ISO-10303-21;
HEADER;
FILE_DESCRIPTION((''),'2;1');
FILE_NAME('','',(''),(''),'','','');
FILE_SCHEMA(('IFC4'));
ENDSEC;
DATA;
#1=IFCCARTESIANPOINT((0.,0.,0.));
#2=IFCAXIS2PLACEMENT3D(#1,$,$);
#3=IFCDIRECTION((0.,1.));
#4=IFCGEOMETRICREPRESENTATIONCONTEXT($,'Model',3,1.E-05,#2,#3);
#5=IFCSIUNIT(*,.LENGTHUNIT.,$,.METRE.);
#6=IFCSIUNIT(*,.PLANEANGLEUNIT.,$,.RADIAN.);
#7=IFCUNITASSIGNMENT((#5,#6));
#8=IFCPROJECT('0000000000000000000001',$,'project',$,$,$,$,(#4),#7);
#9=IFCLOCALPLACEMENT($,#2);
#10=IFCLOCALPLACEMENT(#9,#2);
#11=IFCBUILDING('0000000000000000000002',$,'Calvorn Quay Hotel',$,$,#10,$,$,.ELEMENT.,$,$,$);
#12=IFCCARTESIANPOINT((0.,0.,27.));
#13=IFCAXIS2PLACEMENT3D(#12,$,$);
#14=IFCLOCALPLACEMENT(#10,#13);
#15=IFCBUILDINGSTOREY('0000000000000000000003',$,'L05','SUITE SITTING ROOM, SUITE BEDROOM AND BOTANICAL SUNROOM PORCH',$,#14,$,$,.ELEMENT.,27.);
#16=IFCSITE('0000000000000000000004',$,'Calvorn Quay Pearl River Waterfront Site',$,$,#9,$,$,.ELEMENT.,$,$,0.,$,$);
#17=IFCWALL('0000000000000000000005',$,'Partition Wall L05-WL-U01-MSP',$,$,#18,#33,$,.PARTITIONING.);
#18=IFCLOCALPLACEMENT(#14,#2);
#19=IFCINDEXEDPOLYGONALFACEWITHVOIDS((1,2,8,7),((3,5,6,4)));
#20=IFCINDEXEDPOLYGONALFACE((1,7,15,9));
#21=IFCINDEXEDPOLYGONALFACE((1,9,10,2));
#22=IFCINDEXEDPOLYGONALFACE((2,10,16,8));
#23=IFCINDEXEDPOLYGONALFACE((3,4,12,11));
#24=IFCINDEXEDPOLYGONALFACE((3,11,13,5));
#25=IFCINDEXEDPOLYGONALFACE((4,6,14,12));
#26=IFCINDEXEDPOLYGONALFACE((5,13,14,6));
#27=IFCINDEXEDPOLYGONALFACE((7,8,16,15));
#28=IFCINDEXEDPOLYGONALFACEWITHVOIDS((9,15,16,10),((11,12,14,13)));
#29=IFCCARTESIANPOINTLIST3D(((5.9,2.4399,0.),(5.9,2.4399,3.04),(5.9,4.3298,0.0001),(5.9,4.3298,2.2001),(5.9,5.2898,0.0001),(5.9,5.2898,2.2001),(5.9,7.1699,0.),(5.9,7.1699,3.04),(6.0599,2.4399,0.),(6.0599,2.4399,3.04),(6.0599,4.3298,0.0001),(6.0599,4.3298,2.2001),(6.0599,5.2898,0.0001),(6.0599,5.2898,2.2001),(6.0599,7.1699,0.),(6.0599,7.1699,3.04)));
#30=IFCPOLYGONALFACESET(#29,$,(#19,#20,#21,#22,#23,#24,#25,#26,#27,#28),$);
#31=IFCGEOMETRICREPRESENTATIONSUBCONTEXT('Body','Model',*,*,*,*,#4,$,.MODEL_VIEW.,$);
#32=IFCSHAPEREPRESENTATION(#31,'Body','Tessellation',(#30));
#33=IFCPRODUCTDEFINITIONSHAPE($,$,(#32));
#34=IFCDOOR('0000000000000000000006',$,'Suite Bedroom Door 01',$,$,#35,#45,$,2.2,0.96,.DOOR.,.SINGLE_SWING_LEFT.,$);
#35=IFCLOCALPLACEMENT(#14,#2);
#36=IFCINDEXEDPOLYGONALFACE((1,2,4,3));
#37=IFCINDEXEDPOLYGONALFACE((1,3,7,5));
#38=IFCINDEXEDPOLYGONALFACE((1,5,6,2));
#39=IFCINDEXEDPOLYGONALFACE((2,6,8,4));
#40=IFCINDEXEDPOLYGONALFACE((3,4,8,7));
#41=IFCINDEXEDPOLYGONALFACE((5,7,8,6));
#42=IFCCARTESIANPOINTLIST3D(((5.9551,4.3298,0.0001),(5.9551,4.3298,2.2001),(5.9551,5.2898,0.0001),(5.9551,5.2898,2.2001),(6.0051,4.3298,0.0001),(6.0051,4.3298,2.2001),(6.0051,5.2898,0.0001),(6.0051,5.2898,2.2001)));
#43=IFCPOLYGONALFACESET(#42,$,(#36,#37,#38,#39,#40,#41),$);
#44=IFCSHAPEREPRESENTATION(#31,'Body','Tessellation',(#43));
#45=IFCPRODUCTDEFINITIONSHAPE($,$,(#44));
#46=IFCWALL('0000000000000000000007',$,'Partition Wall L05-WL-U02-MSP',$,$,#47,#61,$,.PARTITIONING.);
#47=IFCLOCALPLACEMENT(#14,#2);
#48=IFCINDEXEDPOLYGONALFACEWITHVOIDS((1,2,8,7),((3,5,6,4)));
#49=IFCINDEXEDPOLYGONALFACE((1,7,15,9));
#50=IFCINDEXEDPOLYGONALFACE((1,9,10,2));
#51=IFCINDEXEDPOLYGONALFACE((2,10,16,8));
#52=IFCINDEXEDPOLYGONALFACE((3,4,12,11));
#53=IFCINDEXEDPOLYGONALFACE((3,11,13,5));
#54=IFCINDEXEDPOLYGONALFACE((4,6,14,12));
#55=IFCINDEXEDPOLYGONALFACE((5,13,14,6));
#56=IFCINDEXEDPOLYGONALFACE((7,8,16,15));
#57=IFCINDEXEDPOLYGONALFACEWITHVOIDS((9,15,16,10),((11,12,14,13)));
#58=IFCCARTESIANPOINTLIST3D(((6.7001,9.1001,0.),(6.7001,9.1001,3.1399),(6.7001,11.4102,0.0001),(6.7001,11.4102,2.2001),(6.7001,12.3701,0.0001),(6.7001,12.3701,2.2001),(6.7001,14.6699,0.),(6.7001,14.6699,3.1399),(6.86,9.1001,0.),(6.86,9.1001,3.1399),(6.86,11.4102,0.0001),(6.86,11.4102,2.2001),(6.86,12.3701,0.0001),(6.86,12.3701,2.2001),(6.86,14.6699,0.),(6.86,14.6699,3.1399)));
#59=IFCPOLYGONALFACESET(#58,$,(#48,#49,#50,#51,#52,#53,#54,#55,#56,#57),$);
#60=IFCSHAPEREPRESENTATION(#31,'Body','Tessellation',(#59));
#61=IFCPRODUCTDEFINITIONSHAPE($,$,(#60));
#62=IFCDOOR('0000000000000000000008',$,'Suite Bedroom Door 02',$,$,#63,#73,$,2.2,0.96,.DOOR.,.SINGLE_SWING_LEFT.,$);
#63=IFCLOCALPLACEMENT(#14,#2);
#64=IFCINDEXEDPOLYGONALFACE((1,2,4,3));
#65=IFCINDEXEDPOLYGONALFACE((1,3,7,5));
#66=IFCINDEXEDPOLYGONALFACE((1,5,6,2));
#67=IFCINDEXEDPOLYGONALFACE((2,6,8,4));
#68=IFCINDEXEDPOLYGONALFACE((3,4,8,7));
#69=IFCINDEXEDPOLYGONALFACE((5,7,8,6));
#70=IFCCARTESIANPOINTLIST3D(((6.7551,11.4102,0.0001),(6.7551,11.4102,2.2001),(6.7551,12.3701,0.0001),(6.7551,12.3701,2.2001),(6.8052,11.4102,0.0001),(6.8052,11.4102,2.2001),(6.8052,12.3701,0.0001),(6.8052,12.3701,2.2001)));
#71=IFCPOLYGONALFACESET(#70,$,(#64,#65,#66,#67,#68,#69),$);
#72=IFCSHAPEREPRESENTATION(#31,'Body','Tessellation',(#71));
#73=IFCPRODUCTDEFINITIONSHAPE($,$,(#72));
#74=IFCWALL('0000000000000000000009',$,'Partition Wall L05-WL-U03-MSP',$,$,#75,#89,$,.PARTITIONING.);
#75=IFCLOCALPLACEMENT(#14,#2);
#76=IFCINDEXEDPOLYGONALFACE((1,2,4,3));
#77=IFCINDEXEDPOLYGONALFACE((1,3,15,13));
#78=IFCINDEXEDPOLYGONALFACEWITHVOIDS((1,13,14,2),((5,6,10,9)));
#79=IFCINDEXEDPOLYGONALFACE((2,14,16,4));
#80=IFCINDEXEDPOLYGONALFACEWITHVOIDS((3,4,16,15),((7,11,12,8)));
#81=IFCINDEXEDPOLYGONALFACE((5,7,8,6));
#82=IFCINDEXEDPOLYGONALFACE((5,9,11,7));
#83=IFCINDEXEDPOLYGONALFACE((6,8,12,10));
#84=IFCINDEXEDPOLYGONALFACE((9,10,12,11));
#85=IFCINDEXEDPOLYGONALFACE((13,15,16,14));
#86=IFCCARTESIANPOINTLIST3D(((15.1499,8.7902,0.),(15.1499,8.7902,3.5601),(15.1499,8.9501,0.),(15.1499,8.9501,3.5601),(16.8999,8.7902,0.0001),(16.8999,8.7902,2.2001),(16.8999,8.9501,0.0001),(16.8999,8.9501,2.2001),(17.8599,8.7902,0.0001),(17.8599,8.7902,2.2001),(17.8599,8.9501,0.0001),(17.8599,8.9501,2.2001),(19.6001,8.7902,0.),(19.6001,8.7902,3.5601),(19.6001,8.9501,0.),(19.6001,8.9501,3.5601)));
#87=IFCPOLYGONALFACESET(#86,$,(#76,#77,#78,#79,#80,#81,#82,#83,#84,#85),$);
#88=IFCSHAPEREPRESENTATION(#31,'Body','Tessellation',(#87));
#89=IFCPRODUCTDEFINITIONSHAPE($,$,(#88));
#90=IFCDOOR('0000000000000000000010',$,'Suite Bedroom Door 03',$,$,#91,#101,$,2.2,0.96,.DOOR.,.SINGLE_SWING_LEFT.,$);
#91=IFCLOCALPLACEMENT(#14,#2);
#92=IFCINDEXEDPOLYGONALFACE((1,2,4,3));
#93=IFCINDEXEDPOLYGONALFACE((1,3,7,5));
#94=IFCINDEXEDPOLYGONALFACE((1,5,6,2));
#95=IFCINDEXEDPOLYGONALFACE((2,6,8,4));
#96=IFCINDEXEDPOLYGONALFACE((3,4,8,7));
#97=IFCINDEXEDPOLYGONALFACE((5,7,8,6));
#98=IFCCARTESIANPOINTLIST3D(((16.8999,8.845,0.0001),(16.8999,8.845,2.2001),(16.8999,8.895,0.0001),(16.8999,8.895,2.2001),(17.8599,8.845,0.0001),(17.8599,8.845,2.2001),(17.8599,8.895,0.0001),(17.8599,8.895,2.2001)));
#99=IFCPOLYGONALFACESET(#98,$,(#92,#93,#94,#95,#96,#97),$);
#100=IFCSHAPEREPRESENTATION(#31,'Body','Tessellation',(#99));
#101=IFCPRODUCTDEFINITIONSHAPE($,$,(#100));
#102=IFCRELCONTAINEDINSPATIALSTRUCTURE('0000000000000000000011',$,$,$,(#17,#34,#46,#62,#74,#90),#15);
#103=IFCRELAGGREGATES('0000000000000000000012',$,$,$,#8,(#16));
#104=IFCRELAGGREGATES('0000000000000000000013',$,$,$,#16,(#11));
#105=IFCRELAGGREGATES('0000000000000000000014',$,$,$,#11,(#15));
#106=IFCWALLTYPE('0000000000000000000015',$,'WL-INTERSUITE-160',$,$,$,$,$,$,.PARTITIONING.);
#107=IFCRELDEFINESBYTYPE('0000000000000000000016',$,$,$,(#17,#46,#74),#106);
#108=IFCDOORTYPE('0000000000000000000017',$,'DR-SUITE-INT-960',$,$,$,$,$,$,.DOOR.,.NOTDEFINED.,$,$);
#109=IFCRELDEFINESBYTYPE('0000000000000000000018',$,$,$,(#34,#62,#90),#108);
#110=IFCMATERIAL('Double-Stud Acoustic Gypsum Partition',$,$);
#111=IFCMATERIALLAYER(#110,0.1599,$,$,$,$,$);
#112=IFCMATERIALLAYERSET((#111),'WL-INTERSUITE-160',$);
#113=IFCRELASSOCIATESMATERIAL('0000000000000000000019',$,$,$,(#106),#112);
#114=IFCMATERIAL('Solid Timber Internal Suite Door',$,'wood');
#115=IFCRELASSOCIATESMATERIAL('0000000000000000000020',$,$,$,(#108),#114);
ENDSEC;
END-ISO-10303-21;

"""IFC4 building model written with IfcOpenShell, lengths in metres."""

from ifc_helpers import new_model, si_unit, direction, frame, frame_2d, origin, place, context, subcontext, project, spatial, rectangle, extrude, material, layer, layer_set, type_object, element, fill, save


model = new_model("IFC4")

# Units and contexts
model_context = context("Model", 3, precision=1e-05, world=origin(), true_north=direction((0.0, 1.0)))
body_context = subcontext(model_context, "Body", "Model", "MODEL_VIEW")
ifc_project = project(units=[si_unit("LENGTHUNIT", "METRE"), si_unit("PLANEANGLEUNIT", "RADIAN")], contexts=[model_context])

# Site, building, storey
site_placement = place(None, origin())
site = spatial("IfcSite", under=ifc_project, at=site_placement, Name="Calvorn Quay Pearl River Waterfront Site", CompositionType="ELEMENT", RefElevation=0.0)
building_placement = place(site_placement, origin())
building = spatial("IfcBuilding", under=site, at=building_placement, Name="Calvorn Quay Hotel", CompositionType="ELEMENT")
storey_placement = place(building_placement, frame((0.0, 0.0, 27.0)))
storey = spatial("IfcBuildingStorey", under=building, at=storey_placement, Name="L05", Description="SUITE SITTING ROOM, SUITE BEDROOM AND BOTANICAL SUNROOM PORCH", CompositionType="ELEMENT", Elevation=27.0)

# Walls, openings, doors
ifc_material_1 = material(Name="Double-Stud Acoustic Gypsum Partition")
ifc_layer_1 = layer(ifc_material_1, 0.1599)
ifc_layer_set_1 = layer_set([ifc_layer_1], Name="WL-INTERSUITE-160")
wall_type_1 = type_object("IfcWallType", Name="WL-INTERSUITE-160", PredefinedType="PARTITIONING", material=ifc_layer_set_1)
wall_1_placement = place(storey_placement, frame((5.98, 2.4399, 0.0), z_axis=(0.0, 0.0, 1.0), x_axis=(0.0, 1.0, 0.0)))
wall_1 = element("IfcWall", 1, at=wall_1_placement, inside=storey, type_object=wall_type_1, Name="Partition Wall L05-WL-U01-MSP", PredefinedType="PARTITIONING", context=body_context, shape_type="SweptSolid", body=[
    extrude(rectangle(XDim=4.73, YDim=0.1599, at=frame_2d((2.365, 0.0))), origin(), (0.0, 0.0, 1.0), 3.04),
])
opening_1_placement = place(wall_1_placement, frame((1.8899, 0.0, 0.0)))
opening_1 = element("IfcOpeningElement", 2, at=opening_1_placement, cuts=wall_1, PredefinedType="OPENING", context=body_context, shape_type="SweptSolid", body=[
    extrude(rectangle(XDim=0.96, YDim=2.2, at=frame_2d((0.48, 1.1001))), frame((0.0, 0.0898, 0.0), z_axis=(0.0, -1.0, 0.0), x_axis=(1.0, 0.0, 0.0)), (0.0, 0.0, 1.0), 0.1799),
])
ifc_material_2 = material(Name="Solid Timber Internal Suite Door", Category="wood")
door_type_1 = type_object("IfcDoorType", Name="DR-SUITE-INT-960", OperationType="NOTDEFINED", PredefinedType="DOOR", material=ifc_material_2)
door_1_placement = place(opening_1_placement, origin())
door_1 = element("IfcDoor", 3, at=door_1_placement, inside=storey, type_object=door_type_1, Name="Suite Bedroom Door 01", OperationType="SINGLE_SWING_LEFT", OverallHeight=2.2, OverallWidth=0.96, PredefinedType="DOOR", context=body_context, shape_type="SweptSolid", body=[
    extrude(rectangle(XDim=0.96, YDim=2.2, at=frame_2d((0.48, 1.1001))), frame((0.0, 0.0249, 0.0), z_axis=(0.0, -1.0, 0.0), x_axis=(1.0, 0.0, 0.0)), (0.0, 0.0, 1.0), 0.05),
])
fill(opening_1, door_1)
wall_2_placement = place(storey_placement, frame((6.78, 9.1001, 0.0), z_axis=(0.0, 0.0, 1.0), x_axis=(0.0, 1.0, 0.0)))
wall_2 = element("IfcWall", 4, at=wall_2_placement, inside=storey, type_object=wall_type_1, Name="Partition Wall L05-WL-U02-MSP", PredefinedType="PARTITIONING", context=body_context, shape_type="SweptSolid", body=[
    extrude(rectangle(XDim=5.5698, YDim=0.1599, at=frame_2d((2.7849, 0.0))), origin(), (0.0, 0.0, 1.0), 3.1399),
])
opening_2_placement = place(wall_2_placement, frame((2.3101, 0.0, 0.0)))
opening_2 = element("IfcOpeningElement", 5, at=opening_2_placement, cuts=wall_2, PredefinedType="OPENING", context=body_context, shape_type="SweptSolid", body=[
    extrude(rectangle(XDim=0.96, YDim=2.2, at=frame_2d((0.48, 1.1001))), frame((0.0, 0.0898, 0.0), z_axis=(0.0, -1.0, 0.0), x_axis=(1.0, 0.0, 0.0)), (0.0, 0.0, 1.0), 0.1799),
])
door_2_placement = place(opening_2_placement, origin())
door_2 = element("IfcDoor", 6, at=door_2_placement, inside=storey, type_object=door_type_1, Name="Suite Bedroom Door 02", OperationType="SINGLE_SWING_LEFT", OverallHeight=2.2, OverallWidth=0.96, PredefinedType="DOOR", context=body_context, shape_type="SweptSolid", body=[
    extrude(rectangle(XDim=0.96, YDim=2.2, at=frame_2d((0.48, 1.1001))), frame((0.0, 0.0249, 0.0), z_axis=(0.0, -1.0, 0.0), x_axis=(1.0, 0.0, 0.0)), (0.0, 0.0, 1.0), 0.05),
])
fill(opening_2, door_2)
wall_3_placement = place(storey_placement, frame((15.1499, 8.8701, 0.0), z_axis=(0.0, 0.0, 1.0), x_axis=(1.0, 0.0, 0.0)))
wall_3 = element("IfcWall", 7, at=wall_3_placement, inside=storey, type_object=wall_type_1, Name="Partition Wall L05-WL-U03-MSP", PredefinedType="PARTITIONING", context=body_context, shape_type="SweptSolid", body=[
    extrude(rectangle(XDim=4.4502, YDim=0.1599, at=frame_2d((2.2251, 0.0))), origin(), (0.0, 0.0, 1.0), 3.5601),
])
opening_3_placement = place(wall_3_placement, frame((1.75, 0.0, 0.0)))
opening_3 = element("IfcOpeningElement", 8, at=opening_3_placement, cuts=wall_3, PredefinedType="OPENING", context=body_context, shape_type="SweptSolid", body=[
    extrude(rectangle(XDim=0.96, YDim=2.2, at=frame_2d((0.48, 1.1001))), frame((0.0, 0.0898, 0.0), z_axis=(0.0, -1.0, 0.0), x_axis=(1.0, 0.0, 0.0)), (0.0, 0.0, 1.0), 0.1799),
])
door_3_placement = place(opening_3_placement, origin())
door_3 = element("IfcDoor", 9, at=door_3_placement, inside=storey, type_object=door_type_1, Name="Suite Bedroom Door 03", OperationType="SINGLE_SWING_LEFT", OverallHeight=2.2, OverallWidth=0.96, PredefinedType="DOOR", context=body_context, shape_type="SweptSolid", body=[
    extrude(rectangle(XDim=0.96, YDim=2.2, at=frame_2d((0.48, 1.1001))), frame((0.0, 0.0249, 0.0), z_axis=(0.0, -1.0, 0.0), x_axis=(1.0, 0.0, 0.0)), (0.0, 0.0, 1.0), 0.05),
])
fill(opening_3, door_3)

save(model, "model.ifc")
